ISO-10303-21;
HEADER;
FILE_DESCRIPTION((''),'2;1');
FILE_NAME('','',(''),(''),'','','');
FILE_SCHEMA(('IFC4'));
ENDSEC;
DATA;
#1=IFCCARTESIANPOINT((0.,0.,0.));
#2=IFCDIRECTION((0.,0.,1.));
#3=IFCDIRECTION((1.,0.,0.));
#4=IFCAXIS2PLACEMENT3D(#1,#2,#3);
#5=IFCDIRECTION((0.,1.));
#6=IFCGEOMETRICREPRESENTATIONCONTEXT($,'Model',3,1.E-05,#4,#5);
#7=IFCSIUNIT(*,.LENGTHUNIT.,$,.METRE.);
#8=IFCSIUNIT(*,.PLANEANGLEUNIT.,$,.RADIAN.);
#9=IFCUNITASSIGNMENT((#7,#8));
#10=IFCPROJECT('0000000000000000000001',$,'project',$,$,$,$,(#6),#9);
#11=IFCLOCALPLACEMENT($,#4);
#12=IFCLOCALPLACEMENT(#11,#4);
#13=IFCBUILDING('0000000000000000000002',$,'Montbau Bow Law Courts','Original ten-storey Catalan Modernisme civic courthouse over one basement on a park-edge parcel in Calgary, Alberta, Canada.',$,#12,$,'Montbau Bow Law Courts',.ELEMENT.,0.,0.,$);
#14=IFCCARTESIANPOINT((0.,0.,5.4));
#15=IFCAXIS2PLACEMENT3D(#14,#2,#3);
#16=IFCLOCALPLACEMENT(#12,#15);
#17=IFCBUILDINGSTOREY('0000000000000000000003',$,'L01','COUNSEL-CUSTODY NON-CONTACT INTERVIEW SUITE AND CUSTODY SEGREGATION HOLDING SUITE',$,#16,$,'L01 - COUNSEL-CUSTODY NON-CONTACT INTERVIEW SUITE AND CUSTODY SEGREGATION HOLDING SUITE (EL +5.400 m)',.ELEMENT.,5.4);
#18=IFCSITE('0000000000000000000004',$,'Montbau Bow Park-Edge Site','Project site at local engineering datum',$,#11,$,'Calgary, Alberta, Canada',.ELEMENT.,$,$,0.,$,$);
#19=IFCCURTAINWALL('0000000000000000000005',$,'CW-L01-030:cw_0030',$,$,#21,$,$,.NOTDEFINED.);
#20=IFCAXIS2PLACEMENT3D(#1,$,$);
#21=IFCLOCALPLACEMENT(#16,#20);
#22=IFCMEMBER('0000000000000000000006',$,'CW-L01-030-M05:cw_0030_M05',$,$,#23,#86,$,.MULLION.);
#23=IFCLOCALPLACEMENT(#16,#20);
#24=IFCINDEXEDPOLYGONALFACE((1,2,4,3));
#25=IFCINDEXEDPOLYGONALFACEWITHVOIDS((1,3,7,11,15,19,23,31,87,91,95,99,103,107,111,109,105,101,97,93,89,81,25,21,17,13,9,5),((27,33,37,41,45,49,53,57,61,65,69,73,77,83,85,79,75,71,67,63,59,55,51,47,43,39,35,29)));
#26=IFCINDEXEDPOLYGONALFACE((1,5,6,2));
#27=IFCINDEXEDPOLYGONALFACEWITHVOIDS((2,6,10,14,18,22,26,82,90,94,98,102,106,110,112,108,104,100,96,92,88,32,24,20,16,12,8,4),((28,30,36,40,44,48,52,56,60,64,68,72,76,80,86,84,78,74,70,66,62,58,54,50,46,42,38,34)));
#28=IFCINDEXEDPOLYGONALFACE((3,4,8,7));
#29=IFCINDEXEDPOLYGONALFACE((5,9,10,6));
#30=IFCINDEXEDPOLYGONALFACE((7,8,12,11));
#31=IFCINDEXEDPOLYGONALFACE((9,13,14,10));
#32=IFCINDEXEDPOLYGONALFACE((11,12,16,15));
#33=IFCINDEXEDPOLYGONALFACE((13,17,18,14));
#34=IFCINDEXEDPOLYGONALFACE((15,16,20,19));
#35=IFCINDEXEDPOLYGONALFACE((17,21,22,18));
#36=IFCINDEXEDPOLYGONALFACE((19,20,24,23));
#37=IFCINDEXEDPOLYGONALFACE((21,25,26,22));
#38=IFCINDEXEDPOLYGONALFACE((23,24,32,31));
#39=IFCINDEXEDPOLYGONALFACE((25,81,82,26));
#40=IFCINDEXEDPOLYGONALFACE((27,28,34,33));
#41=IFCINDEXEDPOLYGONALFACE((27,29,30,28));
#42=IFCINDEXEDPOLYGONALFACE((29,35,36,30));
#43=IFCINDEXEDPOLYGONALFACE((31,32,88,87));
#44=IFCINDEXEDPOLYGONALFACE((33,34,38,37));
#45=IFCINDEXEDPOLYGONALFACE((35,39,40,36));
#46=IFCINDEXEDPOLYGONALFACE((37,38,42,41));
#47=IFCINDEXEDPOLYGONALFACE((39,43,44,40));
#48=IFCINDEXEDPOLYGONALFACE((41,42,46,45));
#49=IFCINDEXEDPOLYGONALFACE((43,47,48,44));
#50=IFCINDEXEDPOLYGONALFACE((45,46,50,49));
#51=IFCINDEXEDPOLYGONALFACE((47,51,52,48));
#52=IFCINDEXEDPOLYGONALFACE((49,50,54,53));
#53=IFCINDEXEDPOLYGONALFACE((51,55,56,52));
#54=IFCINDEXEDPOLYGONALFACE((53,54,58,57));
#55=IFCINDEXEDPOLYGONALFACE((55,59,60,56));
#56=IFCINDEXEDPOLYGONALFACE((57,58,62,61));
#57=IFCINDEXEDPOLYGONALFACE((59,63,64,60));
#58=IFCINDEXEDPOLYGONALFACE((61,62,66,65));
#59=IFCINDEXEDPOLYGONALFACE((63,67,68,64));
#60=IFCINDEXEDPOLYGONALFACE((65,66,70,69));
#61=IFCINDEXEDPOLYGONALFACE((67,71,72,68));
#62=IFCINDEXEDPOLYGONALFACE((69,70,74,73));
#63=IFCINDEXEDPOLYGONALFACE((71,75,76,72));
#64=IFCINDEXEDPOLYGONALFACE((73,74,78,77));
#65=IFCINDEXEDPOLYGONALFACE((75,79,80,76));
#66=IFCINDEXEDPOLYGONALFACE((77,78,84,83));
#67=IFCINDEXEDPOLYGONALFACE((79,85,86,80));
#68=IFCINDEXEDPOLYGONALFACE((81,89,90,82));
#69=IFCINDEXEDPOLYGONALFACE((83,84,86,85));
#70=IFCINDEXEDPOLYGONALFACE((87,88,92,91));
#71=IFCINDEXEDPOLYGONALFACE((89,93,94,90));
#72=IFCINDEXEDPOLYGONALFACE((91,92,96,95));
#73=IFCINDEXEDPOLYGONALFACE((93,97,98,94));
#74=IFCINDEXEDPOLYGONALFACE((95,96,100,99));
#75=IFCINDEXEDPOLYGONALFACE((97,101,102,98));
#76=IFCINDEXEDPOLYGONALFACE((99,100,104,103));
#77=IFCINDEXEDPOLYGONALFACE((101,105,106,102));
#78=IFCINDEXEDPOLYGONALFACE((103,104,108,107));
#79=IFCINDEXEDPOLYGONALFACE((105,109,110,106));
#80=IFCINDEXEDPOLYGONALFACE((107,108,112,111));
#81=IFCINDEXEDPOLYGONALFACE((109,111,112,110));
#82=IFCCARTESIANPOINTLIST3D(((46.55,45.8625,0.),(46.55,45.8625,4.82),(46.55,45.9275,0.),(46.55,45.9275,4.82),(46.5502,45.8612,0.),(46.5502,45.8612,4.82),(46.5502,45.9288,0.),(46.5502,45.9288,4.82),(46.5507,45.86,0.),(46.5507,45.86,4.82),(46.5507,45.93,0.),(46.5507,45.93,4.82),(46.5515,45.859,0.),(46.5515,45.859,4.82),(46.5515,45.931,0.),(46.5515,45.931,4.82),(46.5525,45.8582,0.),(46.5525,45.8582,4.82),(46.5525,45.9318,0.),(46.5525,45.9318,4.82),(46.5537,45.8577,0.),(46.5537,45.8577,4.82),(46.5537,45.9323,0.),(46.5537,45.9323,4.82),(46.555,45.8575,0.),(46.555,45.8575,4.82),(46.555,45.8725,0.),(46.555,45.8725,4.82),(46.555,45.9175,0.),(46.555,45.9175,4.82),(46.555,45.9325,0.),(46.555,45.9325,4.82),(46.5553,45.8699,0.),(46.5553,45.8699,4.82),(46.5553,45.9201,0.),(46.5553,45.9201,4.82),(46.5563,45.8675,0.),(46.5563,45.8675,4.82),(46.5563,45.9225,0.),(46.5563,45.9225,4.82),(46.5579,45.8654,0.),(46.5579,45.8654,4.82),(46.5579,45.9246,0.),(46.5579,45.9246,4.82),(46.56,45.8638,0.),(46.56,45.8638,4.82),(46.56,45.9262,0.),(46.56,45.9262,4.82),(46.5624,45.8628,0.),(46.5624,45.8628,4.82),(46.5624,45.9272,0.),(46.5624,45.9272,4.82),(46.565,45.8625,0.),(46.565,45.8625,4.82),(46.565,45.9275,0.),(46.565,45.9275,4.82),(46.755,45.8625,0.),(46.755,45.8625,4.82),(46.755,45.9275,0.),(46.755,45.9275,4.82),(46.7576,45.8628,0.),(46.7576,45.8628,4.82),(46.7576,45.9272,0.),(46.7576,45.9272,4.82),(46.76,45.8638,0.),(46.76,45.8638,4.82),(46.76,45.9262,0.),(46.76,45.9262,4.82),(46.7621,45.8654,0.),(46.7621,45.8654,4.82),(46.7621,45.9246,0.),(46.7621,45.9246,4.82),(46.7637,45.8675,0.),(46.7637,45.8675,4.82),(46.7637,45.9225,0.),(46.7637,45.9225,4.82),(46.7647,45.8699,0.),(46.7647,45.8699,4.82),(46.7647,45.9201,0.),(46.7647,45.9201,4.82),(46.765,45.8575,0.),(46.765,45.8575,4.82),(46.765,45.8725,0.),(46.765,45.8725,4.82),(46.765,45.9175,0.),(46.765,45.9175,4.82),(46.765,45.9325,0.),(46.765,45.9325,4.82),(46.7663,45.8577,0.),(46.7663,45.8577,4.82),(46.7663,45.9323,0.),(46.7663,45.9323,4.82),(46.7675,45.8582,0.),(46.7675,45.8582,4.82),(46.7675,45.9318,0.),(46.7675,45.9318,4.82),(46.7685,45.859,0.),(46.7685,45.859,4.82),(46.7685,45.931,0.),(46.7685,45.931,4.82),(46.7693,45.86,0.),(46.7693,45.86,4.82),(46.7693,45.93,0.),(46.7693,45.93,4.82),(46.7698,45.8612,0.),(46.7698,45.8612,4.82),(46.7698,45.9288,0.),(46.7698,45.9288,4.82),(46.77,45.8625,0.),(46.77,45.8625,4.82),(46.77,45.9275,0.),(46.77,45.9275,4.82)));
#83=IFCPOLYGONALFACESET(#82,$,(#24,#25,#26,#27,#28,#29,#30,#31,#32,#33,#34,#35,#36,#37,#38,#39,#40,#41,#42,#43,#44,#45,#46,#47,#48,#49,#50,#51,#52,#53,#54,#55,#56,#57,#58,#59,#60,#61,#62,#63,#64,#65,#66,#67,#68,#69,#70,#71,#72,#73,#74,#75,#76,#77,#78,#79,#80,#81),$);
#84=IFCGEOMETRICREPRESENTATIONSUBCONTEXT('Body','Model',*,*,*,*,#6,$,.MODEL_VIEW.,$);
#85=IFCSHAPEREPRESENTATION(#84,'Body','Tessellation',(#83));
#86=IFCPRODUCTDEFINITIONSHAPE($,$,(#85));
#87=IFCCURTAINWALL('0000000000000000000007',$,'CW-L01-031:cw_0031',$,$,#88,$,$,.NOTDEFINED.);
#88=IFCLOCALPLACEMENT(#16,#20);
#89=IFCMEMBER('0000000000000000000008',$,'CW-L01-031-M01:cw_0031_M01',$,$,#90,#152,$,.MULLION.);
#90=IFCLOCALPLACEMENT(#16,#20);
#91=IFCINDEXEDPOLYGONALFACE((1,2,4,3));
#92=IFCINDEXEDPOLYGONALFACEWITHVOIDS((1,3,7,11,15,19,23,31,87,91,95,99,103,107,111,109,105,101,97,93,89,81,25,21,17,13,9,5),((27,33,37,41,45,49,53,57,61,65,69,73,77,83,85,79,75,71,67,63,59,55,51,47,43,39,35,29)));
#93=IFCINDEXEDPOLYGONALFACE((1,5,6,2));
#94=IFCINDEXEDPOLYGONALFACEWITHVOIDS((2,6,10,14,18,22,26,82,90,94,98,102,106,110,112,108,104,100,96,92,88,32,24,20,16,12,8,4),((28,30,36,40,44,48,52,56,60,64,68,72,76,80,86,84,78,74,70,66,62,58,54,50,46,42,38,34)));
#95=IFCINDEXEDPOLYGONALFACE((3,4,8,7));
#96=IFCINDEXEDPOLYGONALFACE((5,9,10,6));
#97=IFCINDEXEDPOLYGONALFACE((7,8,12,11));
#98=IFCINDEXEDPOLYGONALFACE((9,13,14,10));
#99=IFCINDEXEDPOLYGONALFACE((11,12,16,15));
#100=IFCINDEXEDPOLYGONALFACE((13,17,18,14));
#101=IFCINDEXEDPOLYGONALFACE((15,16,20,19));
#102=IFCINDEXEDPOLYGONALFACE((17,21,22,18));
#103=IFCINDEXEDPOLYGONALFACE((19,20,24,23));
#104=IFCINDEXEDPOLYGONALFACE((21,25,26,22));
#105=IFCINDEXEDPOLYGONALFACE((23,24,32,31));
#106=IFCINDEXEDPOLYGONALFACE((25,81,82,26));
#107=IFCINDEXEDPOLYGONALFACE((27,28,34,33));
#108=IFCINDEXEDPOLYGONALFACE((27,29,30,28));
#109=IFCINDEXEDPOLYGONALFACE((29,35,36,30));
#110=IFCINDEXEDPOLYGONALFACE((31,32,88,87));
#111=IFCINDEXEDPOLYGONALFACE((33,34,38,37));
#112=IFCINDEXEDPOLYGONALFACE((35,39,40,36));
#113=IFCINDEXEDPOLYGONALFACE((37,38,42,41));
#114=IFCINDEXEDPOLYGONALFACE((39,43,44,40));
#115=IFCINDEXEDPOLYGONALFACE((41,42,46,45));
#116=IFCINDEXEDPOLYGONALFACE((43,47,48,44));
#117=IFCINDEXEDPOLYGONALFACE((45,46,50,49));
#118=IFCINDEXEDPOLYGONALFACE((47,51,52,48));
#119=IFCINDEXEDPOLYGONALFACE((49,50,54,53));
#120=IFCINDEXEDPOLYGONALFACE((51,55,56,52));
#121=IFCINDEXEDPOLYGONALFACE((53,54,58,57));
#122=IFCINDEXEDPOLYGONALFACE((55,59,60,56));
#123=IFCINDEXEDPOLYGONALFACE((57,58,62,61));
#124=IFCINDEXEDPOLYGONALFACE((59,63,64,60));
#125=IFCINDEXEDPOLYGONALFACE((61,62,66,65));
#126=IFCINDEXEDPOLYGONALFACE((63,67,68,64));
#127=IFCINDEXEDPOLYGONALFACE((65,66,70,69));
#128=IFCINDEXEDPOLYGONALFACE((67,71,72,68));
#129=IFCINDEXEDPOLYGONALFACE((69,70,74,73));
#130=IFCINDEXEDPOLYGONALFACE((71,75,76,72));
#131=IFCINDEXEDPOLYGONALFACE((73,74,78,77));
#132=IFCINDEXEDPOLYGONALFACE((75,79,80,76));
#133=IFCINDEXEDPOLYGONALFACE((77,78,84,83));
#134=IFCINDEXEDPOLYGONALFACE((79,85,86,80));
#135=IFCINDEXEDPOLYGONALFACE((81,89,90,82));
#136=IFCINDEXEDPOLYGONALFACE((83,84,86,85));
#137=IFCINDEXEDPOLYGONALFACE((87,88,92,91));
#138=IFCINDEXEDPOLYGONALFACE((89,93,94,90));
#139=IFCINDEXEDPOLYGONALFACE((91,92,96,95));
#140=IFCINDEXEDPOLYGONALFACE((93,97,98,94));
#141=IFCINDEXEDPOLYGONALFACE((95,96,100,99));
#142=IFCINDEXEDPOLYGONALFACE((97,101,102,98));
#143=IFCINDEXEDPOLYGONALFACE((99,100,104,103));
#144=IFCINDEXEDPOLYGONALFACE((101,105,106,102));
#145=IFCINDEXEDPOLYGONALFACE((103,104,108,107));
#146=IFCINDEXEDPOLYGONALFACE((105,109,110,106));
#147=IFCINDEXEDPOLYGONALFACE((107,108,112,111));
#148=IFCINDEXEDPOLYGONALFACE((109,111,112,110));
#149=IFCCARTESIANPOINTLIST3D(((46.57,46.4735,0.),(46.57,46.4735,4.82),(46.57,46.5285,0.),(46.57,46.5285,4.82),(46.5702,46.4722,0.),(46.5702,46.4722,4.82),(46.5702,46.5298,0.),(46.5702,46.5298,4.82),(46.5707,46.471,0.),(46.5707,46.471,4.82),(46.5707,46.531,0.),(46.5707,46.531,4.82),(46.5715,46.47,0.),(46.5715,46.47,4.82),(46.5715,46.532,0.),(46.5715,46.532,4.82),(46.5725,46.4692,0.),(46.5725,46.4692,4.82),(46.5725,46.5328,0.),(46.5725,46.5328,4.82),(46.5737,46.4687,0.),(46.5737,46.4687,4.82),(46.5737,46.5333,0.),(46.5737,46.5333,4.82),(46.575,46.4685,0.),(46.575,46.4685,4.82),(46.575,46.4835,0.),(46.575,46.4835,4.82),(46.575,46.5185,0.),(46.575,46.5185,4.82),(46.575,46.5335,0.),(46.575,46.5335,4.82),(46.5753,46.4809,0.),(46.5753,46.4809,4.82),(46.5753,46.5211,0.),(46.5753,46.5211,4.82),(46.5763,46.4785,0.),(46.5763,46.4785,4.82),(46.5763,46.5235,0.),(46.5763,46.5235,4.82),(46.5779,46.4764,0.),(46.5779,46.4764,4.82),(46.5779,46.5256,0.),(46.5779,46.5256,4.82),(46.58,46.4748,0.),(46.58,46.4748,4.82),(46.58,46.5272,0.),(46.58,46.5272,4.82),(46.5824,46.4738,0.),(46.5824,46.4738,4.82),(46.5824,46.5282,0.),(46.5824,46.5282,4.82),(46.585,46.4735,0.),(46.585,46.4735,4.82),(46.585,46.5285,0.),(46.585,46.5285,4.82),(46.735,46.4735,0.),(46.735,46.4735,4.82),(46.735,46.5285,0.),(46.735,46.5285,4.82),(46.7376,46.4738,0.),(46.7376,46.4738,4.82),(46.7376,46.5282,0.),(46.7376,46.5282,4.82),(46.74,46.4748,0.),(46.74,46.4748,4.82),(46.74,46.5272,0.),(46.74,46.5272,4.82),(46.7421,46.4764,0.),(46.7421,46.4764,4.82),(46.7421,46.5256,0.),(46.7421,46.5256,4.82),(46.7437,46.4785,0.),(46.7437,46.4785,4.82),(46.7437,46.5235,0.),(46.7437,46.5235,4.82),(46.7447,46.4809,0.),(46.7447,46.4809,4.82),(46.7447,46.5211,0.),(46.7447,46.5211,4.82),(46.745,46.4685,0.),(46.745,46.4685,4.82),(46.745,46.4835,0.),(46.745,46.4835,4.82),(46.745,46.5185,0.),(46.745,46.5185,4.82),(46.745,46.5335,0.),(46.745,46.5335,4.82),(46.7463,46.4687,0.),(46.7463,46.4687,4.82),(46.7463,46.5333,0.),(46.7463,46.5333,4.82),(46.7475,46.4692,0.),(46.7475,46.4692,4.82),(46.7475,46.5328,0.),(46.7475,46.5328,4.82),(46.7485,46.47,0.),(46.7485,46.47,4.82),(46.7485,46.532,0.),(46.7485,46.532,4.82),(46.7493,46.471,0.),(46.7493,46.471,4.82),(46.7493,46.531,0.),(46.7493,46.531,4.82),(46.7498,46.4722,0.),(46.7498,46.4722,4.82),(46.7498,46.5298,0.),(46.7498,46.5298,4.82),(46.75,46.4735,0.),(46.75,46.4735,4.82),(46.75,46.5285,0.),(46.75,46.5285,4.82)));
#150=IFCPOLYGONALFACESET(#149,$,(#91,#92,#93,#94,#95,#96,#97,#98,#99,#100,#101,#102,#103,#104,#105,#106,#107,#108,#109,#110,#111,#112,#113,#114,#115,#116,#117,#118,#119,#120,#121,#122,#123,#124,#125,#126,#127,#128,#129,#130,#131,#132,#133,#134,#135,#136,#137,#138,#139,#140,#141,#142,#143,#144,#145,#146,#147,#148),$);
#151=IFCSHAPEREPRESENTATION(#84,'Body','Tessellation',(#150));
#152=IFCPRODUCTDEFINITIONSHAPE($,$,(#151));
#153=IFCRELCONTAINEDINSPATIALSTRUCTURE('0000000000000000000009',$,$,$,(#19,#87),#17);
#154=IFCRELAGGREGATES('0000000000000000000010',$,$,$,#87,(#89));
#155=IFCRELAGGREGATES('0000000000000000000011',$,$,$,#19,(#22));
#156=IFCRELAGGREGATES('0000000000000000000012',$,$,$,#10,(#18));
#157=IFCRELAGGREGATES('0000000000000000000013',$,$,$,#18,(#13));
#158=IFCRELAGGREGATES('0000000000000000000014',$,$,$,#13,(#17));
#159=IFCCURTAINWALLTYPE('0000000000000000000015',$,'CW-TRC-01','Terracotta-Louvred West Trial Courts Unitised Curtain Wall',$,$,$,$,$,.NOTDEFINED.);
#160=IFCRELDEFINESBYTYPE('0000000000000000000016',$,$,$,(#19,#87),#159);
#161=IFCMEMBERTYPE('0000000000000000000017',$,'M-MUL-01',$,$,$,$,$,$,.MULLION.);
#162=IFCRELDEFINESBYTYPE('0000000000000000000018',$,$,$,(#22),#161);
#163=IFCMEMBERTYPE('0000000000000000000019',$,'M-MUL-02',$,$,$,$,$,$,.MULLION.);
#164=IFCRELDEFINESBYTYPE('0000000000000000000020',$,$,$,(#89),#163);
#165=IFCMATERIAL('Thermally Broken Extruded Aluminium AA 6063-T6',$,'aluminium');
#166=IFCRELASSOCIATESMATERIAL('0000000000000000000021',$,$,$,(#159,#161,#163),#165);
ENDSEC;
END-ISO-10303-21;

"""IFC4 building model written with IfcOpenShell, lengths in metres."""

from ifc_helpers import new_model, si_unit, direction, frame, origin_with_axes, origin_2d_with_axis, place, context, subcontext, project, spatial, hollow_rectangle, extrude, material, material_profile, profile_set, type_object, element, aggregate, save


model = new_model("IFC4")

# Units and contexts
model_context = context("Model", 3, precision=1e-05, world=origin_with_axes(), true_north=direction((0.0, 1.0)))
body_context = subcontext(model_context, "Body", "Model", "MODEL_VIEW")
ifc_project = project(units=[si_unit("LENGTHUNIT", "METRE"), si_unit("PLANEANGLEUNIT", "RADIAN")], contexts=[model_context])

# Site, building, storey
site_placement = place(None, origin_with_axes())
site = spatial("IfcSite", under=ifc_project, at=site_placement, Name="Montbau Bow Park-Edge Site", Description="Project site at local engineering datum", LongName="Calgary, Alberta, Canada", CompositionType="ELEMENT", RefElevation=0.0)
building_placement = place(site_placement, origin_with_axes())
building = spatial("IfcBuilding", under=site, at=building_placement, Name="Montbau Bow Law Courts", Description="Original ten-storey Catalan Modernisme civic courthouse over one basement on a park-edge parcel in Calgary, Alberta, Canada.", LongName="Montbau Bow Law Courts", CompositionType="ELEMENT", ElevationOfRefHeight=0.0, ElevationOfTerrain=0.0)
storey_placement = place(building_placement, frame((0.0, 0.0, 5.4), z_axis=(0.0, 0.0, 1.0), x_axis=(1.0, 0.0, 0.0)))
storey = spatial("IfcBuildingStorey", under=building, at=storey_placement, Name="L01", Description="COUNSEL-CUSTODY NON-CONTACT INTERVIEW SUITE AND CUSTODY SEGREGATION HOLDING SUITE", LongName="L01 - COUNSEL-CUSTODY NON-CONTACT INTERVIEW SUITE AND CUSTODY SEGREGATION HOLDING SUITE (EL +5.400 m)", CompositionType="ELEMENT", Elevation=5.4)

# Curtain wall, member
ifc_material_1 = material(Name="Thermally Broken Extruded Aluminium AA 6063-T6", Category="aluminium")
curtain_wall_type_1 = type_object("IfcCurtainWallType", Name="CW-TRC-01", Description="Terracotta-Louvred West Trial Courts Unitised Curtain Wall", PredefinedType="NOTDEFINED", material=ifc_material_1)
curtain_wall_1_placement = place(None, frame((46.66, 39.515, 5.4), z_axis=(0.0, 0.0, 1.0), x_axis=(1.0, 0.0, 0.0)))
curtain_wall_1 = element("IfcCurtainWall", 1, at=curtain_wall_1_placement, inside=storey, type_object=curtain_wall_type_1, Name="CW-L01-030:cw_0030", PredefinedType="NOTDEFINED")
ifc_material_profile_1 = material_profile(ifc_material_1, hollow_rectangle(XDim=0.075, YDim=0.22, WallThickness=0.005, InnerFilletRadius=0.01, OuterFilletRadius=0.005, at=origin_2d_with_axis()), Name="CWM-220X75", Category="Main", Priority=0)
ifc_profile_set_1 = profile_set([ifc_material_profile_1], Name="Thermally Broken Extruded Aluminium AA 6063-T6")
member_type_1 = type_object("IfcMemberType", Name="M-MUL-01", PredefinedType="MULLION", material=ifc_profile_set_1)
member_1_placement = place(None, frame((46.66, 45.895, 5.4), z_axis=(0.0, 0.0, 1.0), x_axis=(0.0, 1.0, 0.0)))
member_1 = element("IfcMember", 2, at=member_1_placement, type_object=member_type_1, Name="CW-L01-030-M05:cw_0030_M05", PredefinedType="MULLION", context=body_context, shape_type="SweptSolid", body=[
    extrude(hollow_rectangle(XDim=0.075, YDim=0.22, WallThickness=0.005, InnerFilletRadius=0.01, OuterFilletRadius=0.005, at=origin_2d_with_axis()), origin_with_axes(), (0.0, 0.0, 1.0), 4.82),
])

# Curtain wall, member
curtain_wall_2_placement = place(None, frame((46.66, 46.468, 5.4), z_axis=(0.0, 0.0, 1.0), x_axis=(1.0, 0.0, 0.0)))
curtain_wall_2 = element("IfcCurtainWall", 3, at=curtain_wall_2_placement, inside=storey, type_object=curtain_wall_type_1, Name="CW-L01-031:cw_0031", PredefinedType="NOTDEFINED")
ifc_material_profile_2 = material_profile(ifc_material_1, hollow_rectangle(XDim=0.065, YDim=0.18, WallThickness=0.005, InnerFilletRadius=0.01, OuterFilletRadius=0.005, at=origin_2d_with_axis()), Name="CWM-180X65", Category="Main", Priority=0)
ifc_profile_set_2 = profile_set([ifc_material_profile_2], Name="Thermally Broken Extruded Aluminium AA 6063-T6")
member_type_2 = type_object("IfcMemberType", Name="M-MUL-02", PredefinedType="MULLION", material=ifc_profile_set_2)
member_2_placement = place(None, frame((46.66, 46.501, 5.4), z_axis=(0.0, 0.0, 1.0), x_axis=(0.0, 1.0, 0.0)))
member_2 = element("IfcMember", 4, at=member_2_placement, type_object=member_type_2, Name="CW-L01-031-M01:cw_0031_M01", PredefinedType="MULLION", context=body_context, shape_type="SweptSolid", body=[
    extrude(hollow_rectangle(XDim=0.065, YDim=0.18, WallThickness=0.005, InnerFilletRadius=0.01, OuterFilletRadius=0.005, at=origin_2d_with_axis()), origin_with_axes(), (0.0, 0.0, 1.0), 4.82),
])
aggregate(curtain_wall_2, [member_2])

aggregate(curtain_wall_1, [member_1])

save(model, "model.ifc")
